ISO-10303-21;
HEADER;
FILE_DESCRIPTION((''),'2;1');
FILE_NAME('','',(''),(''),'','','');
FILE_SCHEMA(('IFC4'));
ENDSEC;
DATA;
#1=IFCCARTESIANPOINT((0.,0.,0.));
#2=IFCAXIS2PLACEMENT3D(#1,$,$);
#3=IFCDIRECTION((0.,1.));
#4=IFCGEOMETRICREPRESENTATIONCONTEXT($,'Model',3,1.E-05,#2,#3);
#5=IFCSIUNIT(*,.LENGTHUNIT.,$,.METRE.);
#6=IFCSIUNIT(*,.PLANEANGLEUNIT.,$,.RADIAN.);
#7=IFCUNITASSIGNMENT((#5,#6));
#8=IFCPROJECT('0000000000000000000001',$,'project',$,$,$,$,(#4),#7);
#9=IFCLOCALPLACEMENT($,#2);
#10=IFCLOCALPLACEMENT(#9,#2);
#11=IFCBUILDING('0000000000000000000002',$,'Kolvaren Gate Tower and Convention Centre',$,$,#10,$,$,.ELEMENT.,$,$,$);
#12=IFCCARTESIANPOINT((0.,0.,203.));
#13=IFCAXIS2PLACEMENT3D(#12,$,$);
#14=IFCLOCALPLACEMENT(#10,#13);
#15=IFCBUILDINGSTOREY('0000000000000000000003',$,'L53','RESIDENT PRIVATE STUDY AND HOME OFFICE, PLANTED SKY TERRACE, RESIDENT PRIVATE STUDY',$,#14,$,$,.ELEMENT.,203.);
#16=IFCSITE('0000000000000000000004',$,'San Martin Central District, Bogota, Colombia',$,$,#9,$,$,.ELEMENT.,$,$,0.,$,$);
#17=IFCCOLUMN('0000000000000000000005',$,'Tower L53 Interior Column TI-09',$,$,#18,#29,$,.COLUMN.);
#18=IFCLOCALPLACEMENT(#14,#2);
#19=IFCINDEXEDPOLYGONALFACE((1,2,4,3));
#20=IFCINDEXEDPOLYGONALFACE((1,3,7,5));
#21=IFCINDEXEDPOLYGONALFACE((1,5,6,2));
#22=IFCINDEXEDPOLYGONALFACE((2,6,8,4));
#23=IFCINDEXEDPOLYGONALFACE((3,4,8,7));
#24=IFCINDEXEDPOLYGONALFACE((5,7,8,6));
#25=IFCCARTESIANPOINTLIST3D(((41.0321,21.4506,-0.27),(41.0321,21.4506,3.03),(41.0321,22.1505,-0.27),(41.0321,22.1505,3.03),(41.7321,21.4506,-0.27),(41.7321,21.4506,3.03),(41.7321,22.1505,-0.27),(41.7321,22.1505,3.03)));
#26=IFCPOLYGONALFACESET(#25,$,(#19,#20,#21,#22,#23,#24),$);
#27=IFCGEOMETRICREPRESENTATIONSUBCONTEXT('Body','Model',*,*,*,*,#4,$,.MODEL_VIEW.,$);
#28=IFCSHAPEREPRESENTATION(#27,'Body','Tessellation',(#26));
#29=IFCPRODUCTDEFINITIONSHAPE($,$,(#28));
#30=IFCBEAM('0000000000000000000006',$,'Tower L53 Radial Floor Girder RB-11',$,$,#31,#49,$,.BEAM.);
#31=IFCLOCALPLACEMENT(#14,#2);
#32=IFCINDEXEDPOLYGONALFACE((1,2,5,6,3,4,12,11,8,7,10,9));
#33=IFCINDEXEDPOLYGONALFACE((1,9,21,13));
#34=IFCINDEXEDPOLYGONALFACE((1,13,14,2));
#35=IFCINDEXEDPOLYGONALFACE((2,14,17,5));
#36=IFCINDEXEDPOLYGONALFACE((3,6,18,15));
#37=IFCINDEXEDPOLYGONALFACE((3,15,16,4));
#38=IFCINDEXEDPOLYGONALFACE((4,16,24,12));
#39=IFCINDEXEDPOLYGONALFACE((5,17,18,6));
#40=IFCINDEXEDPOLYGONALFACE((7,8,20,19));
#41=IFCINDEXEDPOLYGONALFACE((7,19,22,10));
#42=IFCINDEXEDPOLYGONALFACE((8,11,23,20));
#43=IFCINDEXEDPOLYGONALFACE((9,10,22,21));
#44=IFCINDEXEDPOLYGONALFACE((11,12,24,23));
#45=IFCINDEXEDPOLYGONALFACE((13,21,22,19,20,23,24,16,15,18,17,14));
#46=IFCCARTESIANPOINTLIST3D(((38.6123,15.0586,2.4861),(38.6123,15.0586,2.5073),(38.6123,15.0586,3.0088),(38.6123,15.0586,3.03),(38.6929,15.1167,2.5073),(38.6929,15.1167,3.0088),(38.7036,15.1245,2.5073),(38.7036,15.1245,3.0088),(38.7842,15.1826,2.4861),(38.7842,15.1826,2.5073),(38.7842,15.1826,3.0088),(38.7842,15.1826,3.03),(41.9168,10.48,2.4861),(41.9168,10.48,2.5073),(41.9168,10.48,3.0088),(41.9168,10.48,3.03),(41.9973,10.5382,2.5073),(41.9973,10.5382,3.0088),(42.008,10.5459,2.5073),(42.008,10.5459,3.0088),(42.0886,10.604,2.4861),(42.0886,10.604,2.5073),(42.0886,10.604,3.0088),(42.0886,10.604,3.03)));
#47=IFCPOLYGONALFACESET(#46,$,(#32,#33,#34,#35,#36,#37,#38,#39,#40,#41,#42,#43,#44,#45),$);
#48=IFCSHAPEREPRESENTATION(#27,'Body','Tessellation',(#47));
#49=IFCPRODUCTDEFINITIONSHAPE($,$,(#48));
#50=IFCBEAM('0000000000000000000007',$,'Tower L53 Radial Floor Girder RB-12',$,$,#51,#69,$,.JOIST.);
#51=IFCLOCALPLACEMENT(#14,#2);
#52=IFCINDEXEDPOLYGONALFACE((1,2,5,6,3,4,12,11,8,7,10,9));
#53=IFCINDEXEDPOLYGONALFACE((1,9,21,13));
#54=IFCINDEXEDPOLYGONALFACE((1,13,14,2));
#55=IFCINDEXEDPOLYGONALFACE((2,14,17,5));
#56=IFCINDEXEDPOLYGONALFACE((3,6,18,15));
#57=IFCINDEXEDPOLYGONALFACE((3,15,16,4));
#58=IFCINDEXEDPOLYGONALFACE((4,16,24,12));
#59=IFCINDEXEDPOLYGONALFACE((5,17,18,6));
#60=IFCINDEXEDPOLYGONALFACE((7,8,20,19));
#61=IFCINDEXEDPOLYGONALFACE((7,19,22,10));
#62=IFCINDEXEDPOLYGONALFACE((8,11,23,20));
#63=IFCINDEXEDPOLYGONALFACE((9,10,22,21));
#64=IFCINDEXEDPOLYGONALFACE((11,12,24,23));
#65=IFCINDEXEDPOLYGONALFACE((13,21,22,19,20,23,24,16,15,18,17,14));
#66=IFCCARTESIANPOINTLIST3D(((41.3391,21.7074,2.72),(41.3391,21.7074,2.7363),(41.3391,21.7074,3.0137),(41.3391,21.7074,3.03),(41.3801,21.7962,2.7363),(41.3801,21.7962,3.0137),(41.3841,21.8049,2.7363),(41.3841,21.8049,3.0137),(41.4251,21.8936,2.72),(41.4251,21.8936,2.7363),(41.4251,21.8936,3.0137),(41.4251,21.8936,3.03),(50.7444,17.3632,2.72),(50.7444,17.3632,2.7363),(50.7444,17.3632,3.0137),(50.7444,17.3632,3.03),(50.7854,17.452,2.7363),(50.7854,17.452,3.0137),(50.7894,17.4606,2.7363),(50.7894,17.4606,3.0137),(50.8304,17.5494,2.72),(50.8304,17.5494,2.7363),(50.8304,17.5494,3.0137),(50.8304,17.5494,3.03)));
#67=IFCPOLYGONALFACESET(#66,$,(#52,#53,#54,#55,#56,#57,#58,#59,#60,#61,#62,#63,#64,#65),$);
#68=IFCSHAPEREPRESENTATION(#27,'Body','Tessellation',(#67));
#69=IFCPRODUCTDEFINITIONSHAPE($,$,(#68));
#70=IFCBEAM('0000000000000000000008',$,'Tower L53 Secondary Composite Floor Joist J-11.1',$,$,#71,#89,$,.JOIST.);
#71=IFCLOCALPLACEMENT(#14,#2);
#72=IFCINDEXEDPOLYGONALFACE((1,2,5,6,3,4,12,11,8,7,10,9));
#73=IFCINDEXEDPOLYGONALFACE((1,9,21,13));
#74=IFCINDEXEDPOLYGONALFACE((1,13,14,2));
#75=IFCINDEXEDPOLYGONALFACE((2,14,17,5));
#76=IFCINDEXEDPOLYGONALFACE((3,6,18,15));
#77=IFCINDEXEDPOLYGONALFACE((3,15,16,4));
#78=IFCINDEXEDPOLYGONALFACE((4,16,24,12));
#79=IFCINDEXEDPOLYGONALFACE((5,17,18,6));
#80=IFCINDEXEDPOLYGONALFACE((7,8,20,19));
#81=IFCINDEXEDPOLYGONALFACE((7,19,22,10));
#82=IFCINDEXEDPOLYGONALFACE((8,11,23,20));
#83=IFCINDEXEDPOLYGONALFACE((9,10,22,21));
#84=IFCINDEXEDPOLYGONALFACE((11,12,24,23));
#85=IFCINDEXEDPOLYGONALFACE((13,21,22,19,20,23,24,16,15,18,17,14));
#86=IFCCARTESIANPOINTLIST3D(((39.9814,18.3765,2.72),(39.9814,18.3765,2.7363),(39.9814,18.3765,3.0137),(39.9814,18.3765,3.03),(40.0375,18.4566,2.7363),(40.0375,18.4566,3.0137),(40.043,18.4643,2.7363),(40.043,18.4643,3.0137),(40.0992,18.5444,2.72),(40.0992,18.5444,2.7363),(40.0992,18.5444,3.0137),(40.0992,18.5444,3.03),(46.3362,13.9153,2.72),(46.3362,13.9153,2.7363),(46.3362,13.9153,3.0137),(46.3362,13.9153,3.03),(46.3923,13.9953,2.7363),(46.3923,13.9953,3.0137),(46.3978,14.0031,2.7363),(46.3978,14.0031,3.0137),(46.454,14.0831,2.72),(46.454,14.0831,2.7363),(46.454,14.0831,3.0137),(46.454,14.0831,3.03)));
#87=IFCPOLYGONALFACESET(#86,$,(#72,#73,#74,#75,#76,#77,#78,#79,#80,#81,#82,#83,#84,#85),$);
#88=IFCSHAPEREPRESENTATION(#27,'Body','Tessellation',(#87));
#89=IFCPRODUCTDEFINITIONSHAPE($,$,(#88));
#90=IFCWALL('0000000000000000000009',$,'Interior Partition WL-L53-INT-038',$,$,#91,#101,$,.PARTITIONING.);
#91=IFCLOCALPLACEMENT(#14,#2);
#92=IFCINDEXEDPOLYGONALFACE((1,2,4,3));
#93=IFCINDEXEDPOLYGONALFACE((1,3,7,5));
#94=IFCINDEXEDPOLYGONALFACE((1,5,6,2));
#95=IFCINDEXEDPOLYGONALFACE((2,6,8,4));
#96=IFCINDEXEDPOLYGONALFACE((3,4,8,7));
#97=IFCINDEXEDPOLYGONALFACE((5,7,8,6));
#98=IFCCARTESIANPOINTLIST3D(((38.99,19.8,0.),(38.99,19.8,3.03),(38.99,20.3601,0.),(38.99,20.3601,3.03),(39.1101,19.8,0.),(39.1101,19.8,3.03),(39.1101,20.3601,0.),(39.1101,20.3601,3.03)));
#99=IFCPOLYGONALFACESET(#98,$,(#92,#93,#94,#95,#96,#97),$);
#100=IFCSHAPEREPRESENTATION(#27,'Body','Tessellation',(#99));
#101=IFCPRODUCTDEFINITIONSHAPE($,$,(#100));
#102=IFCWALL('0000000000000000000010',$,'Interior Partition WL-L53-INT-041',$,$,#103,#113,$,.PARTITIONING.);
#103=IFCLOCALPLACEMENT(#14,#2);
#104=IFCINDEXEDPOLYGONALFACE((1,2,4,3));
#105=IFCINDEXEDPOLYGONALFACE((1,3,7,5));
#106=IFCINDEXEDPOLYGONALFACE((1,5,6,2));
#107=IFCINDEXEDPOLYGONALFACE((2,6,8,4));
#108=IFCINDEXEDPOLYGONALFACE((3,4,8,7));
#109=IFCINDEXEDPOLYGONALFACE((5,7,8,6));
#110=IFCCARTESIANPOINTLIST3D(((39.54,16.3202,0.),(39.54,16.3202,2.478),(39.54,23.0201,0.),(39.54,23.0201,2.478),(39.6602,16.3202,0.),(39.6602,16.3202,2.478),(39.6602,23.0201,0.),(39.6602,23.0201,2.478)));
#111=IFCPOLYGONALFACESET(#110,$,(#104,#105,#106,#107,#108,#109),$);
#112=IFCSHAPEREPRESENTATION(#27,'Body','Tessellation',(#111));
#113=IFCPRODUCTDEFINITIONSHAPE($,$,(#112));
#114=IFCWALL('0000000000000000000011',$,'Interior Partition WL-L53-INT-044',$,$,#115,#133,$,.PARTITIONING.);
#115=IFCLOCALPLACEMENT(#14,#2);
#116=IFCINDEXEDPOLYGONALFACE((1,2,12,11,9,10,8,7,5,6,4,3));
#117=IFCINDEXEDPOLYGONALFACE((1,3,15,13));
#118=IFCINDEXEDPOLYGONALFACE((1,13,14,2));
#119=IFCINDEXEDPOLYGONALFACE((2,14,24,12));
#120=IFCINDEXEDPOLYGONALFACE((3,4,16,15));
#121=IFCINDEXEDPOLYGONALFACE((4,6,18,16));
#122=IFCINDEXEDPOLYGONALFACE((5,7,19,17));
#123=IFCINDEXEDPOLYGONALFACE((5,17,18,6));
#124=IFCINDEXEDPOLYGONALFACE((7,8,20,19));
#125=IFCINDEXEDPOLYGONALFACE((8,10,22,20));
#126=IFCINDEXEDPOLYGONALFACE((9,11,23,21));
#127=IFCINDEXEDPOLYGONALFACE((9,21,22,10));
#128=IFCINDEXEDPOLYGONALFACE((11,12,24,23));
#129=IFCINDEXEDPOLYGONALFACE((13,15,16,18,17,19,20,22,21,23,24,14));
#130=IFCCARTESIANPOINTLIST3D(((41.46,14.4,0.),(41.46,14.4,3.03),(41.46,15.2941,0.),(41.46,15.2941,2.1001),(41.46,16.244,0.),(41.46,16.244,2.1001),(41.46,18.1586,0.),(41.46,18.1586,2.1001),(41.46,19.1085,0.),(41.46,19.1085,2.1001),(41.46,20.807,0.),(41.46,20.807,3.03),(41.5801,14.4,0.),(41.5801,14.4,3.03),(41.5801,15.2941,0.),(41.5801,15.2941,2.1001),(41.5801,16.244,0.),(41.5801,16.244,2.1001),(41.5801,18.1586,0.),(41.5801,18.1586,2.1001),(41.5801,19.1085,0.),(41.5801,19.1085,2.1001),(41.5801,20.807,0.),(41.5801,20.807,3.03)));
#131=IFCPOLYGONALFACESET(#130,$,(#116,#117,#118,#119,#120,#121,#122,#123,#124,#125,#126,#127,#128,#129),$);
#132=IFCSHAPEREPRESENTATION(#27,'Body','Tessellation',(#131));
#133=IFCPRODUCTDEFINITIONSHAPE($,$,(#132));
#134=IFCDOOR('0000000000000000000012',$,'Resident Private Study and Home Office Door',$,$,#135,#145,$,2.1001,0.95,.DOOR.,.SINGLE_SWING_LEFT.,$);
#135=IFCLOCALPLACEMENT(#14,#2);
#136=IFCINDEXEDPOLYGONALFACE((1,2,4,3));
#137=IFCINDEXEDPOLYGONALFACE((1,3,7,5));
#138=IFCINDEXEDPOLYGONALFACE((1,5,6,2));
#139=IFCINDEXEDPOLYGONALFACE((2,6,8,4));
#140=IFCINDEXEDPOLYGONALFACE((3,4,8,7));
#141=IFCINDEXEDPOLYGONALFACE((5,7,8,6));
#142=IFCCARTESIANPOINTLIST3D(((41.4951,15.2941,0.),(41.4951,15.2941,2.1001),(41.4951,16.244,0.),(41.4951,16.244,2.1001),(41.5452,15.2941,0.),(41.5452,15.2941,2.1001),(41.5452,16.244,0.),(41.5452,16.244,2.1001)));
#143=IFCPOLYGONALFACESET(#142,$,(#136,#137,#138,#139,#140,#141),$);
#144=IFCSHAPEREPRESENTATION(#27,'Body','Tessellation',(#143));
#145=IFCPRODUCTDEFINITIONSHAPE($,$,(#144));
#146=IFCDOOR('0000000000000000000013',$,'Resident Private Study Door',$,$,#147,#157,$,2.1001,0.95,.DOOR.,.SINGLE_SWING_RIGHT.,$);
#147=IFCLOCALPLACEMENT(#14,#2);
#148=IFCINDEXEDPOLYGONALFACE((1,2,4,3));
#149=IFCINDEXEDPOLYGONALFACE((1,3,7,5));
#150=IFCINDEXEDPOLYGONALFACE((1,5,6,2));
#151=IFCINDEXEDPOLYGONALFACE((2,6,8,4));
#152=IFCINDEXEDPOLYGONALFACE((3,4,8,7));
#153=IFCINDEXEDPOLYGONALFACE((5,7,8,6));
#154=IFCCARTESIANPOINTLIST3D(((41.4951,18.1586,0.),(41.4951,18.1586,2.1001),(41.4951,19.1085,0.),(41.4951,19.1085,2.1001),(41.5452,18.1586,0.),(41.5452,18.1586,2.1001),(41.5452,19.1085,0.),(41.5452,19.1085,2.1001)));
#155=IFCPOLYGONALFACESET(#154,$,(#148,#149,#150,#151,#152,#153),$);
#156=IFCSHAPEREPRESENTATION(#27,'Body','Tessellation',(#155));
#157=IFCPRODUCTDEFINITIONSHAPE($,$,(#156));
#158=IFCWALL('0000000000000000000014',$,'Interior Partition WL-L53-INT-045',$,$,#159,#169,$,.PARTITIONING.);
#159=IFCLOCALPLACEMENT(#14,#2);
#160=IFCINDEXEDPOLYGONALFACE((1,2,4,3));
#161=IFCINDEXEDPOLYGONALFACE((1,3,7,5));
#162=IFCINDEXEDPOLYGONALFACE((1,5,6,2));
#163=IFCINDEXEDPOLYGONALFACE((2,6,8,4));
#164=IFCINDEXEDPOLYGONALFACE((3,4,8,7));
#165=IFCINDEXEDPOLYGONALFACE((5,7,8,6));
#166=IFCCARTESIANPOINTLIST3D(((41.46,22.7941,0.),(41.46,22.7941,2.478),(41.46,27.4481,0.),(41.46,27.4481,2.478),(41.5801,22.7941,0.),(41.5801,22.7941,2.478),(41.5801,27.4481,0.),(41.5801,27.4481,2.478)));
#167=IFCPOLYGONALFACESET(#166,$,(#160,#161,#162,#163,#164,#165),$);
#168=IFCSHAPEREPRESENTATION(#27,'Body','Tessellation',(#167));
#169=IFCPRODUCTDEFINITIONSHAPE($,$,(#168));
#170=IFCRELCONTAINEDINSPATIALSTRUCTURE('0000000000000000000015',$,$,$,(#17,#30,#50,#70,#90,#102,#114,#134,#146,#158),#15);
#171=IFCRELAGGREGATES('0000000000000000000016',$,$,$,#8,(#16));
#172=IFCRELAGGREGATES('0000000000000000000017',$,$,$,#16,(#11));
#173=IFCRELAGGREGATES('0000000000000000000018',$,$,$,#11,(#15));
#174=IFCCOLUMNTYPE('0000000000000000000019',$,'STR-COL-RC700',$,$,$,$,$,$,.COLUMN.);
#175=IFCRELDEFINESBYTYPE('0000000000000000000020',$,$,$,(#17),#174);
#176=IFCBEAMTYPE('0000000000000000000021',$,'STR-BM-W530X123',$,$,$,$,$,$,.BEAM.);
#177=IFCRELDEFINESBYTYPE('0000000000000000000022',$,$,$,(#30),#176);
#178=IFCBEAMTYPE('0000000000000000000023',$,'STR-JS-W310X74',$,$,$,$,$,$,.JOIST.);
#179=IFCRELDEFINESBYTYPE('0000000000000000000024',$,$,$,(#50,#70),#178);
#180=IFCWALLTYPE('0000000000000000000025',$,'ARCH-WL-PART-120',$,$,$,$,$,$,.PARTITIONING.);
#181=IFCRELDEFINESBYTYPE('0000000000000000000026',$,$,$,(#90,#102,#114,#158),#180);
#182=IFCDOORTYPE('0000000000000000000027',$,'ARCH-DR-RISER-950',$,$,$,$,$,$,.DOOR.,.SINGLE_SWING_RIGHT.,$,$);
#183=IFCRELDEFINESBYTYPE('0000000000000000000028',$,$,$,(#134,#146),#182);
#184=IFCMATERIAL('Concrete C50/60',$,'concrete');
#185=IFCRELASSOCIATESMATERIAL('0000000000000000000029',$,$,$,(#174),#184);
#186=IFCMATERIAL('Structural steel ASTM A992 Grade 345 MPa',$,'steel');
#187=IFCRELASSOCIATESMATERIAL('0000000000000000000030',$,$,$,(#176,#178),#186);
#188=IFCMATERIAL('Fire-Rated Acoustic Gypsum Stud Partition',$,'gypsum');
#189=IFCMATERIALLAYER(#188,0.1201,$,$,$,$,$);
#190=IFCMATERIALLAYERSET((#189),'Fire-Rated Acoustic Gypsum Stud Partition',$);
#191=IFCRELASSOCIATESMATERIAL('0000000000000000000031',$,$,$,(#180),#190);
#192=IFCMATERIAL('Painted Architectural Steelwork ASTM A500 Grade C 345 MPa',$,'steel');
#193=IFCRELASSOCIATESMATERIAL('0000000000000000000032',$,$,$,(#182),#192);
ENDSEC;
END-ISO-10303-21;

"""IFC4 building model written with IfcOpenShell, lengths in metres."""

from ifc_helpers import new_model, si_unit, direction, frame, frame_2d, origin, origin_2d, place, context, subcontext, project, spatial, rectangle, i_section, extrude, material, layer, layer_set, material_profile, profile_set, type_object, element, fill, save


model = new_model("IFC4")

# Units and contexts
model_context = context("Model", 3, precision=1e-05, world=origin(), true_north=direction((0.0, 1.0)))
body_context = subcontext(model_context, "Body", "Model", "MODEL_VIEW")
ifc_project = project(units=[si_unit("LENGTHUNIT", "METRE"), si_unit("PLANEANGLEUNIT", "RADIAN")], contexts=[model_context])

# Site, building, storey
site_placement = place(None, origin())
site = spatial("IfcSite", under=ifc_project, at=site_placement, Name="San Martin Central District, Bogota, Colombia", CompositionType="ELEMENT", RefElevation=0.0)
building_placement = place(site_placement, origin())
building = spatial("IfcBuilding", under=site, at=building_placement, Name="Kolvaren Gate Tower and Convention Centre", CompositionType="ELEMENT")
storey_placement = place(building_placement, frame((0.0, 0.0, 203.0)))
storey = spatial("IfcBuildingStorey", under=building, at=storey_placement, Name="L53", Description="RESIDENT PRIVATE STUDY AND HOME OFFICE, PLANTED SKY TERRACE, RESIDENT PRIVATE STUDY", CompositionType="ELEMENT", Elevation=203.0)

# Column
ifc_material_1 = material(Name="Concrete C50/60", Category="concrete")
ifc_material_profile_1 = material_profile(ifc_material_1, rectangle(XDim=0.7, YDim=0.7, at=origin_2d()), Name="RC-COL-700X700")
ifc_profile_set_1 = profile_set([ifc_material_profile_1], Name="Concrete C50/60")
column_type = type_object("IfcColumnType", Name="STR-COL-RC700", PredefinedType="COLUMN", material=ifc_profile_set_1)
column_placement = place(storey_placement, frame((41.3821, 21.8005, -0.27), z_axis=(0.0, 0.0, 1.0), x_axis=(1.0, 0.0, 0.0)))
element("IfcColumn", 1, at=column_placement, inside=storey, type_object=column_type, Name="Tower L53 Interior Column TI-09", PredefinedType="COLUMN", context=body_context, shape_type="SweptSolid", body=[
    extrude(rectangle(XDim=0.7, YDim=0.7, at=origin_2d()), origin(), (0.0, 0.0, 1.0), 3.3),
])

# Beams
ifc_material_2 = material(Name="Structural steel ASTM A992 Grade 345 MPa", Category="steel")
ifc_material_profile_2 = material_profile(ifc_material_2, i_section(OverallWidth=0.2119, OverallDepth=0.5439, WebThickness=0.0132, FlangeThickness=0.0212, at=origin_2d()), Name="W530X123")
ifc_profile_set_2 = profile_set([ifc_material_profile_2], Name="Structural steel ASTM A992 Grade 345 MPa")
beam_type_1 = type_object("IfcBeamType", Name="STR-BM-W530X123", PredefinedType="BEAM", material=ifc_profile_set_2)
beam_1_placement = place(storey_placement, frame((38.6982, 15.1206, 2.7581), z_axis=(0.585219, -0.810875, 0.0), x_axis=(0.810875, 0.585219, 0.0)))
element("IfcBeam", 2, at=beam_1_placement, inside=storey, type_object=beam_type_1, Name="Tower L53 Radial Floor Girder RB-11", PredefinedType="BEAM", context=body_context, shape_type="SweptSolid", body=[
    extrude(i_section(OverallWidth=0.2119, OverallDepth=0.5439, WebThickness=0.0132, FlangeThickness=0.0212, at=origin_2d()), origin(), (0.0, 0.0, 1.0), 5.6465),
])
ifc_material_profile_3 = material_profile(ifc_material_2, i_section(OverallWidth=0.2051, OverallDepth=0.3101, WebThickness=0.0095, FlangeThickness=0.0164, at=origin_2d()), Name="W310X74")
ifc_profile_set_3 = profile_set([ifc_material_profile_3], Name="Structural steel ASTM A992 Grade 345 MPa")
beam_type_2 = type_object("IfcBeamType", Name="STR-JS-W310X74", PredefinedType="JOIST", material=ifc_profile_set_3)
beam_2_placement = place(storey_placement, frame((41.3821, 21.8005, 2.875), z_axis=(0.907837, -0.419324, 0.0), x_axis=(0.419324, 0.907837, 0.0)))
element("IfcBeam", 3, at=beam_2_placement, inside=storey, type_object=beam_type_2, Name="Tower L53 Radial Floor Girder RB-12", PredefinedType="JOIST", context=body_context, shape_type="SweptSolid", body=[
    extrude(i_section(OverallWidth=0.2051, OverallDepth=0.3101, WebThickness=0.0095, FlangeThickness=0.0164, at=origin_2d()), origin(), (0.0, 0.0, 1.0), 10.3601),
])
beam_3_placement = place(storey_placement, frame((40.0403, 18.4604, 2.875), z_axis=(0.818453, -0.574574, 0.0), x_axis=(0.574574, 0.818453, 0.0)))
element("IfcBeam", 4, at=beam_3_placement, inside=storey, type_object=beam_type_2, Name="Tower L53 Secondary Composite Floor Joist J-11.1", PredefinedType="JOIST", context=body_context, shape_type="SweptSolid", body=[
    extrude(i_section(OverallWidth=0.2051, OverallDepth=0.3101, WebThickness=0.0095, FlangeThickness=0.0164, at=origin_2d()), origin(), (0.0, 0.0, 1.0), 7.7644),
])

# Walls
ifc_material_3 = material(Name="Fire-Rated Acoustic Gypsum Stud Partition", Category="gypsum")
ifc_layer_1 = layer(ifc_material_3, 0.1201)
ifc_layer_set_1 = layer_set([ifc_layer_1], Name="Fire-Rated Acoustic Gypsum Stud Partition")
wall_type_1 = type_object("IfcWallType", Name="ARCH-WL-PART-120", PredefinedType="PARTITIONING", material=ifc_layer_set_1)
wall_1_placement = place(storey_placement, frame((39.05, 19.8, 0.0), z_axis=(0.0, 0.0, 1.0), x_axis=(0.0, 1.0, 0.0)))
element("IfcWall", 5, at=wall_1_placement, inside=storey, type_object=wall_type_1, Name="Interior Partition WL-L53-INT-038", PredefinedType="PARTITIONING", context=body_context, shape_type="SweptSolid", body=[
    extrude(rectangle(XDim=0.5601, YDim=0.1201, at=frame_2d((0.28, 0.0))), origin(), (0.0, 0.0, 1.0), 3.03),
])
wall_2_placement = place(storey_placement, frame((39.6001, 16.3201, 0.0), z_axis=(0.0, 0.0, 1.0), x_axis=(0.0, 1.0, 0.0)))
element("IfcWall", 6, at=wall_2_placement, inside=storey, type_object=wall_type_1, Name="Interior Partition WL-L53-INT-041", PredefinedType="PARTITIONING", context=body_context, shape_type="SweptSolid", body=[
    extrude(rectangle(XDim=6.7, YDim=0.1201, at=frame_2d((3.3501, 0.0))), origin(), (0.0, 0.0, 1.0), 2.478),
])

# Wall, openings, doors
wall_3_placement = place(storey_placement, frame((41.52, 14.3999, 0.0), z_axis=(0.0, 0.0, 1.0), x_axis=(0.0, 1.0, 0.0)))
wall_3 = element("IfcWall", 7, at=wall_3_placement, inside=storey, type_object=wall_type_1, Name="Interior Partition WL-L53-INT-044", PredefinedType="PARTITIONING", context=body_context, shape_type="SweptSolid", body=[
    extrude(rectangle(XDim=6.407, YDim=0.1201, at=frame_2d((3.2036, 0.0))), origin(), (0.0, 0.0, 1.0), 3.03),
])
opening_1_placement = place(wall_3_placement, frame((0.894, 0.0, 0.0)))
opening_1 = element("IfcOpeningElement", 8, at=opening_1_placement, cuts=wall_3, PredefinedType="OPENING", context=body_context, shape_type="SweptSolid", body=[
    extrude(rectangle(XDim=0.95, YDim=2.1001, at=frame_2d((0.4751, 1.05))), frame((0.0, 0.0701, 0.0), z_axis=(0.0, -1.0, 0.0), x_axis=(1.0, 0.0, 0.0)), (0.0, 0.0, 1.0), 0.1401),
])
opening_2_placement = place(wall_3_placement, frame((3.7585, 0.0, 0.0)))
opening_2 = element("IfcOpeningElement", 9, at=opening_2_placement, cuts=wall_3, PredefinedType="OPENING", context=body_context, shape_type="SweptSolid", body=[
    extrude(rectangle(XDim=0.95, YDim=2.1001, at=frame_2d((0.4751, 1.05))), frame((0.0, 0.0701, 0.0), z_axis=(0.0, -1.0, 0.0), x_axis=(1.0, 0.0, 0.0)), (0.0, 0.0, 1.0), 0.1401),
])
ifc_material_4 = material(Name="Painted Architectural Steelwork ASTM A500 Grade C 345 MPa", Category="steel")
door_type = type_object("IfcDoorType", Name="ARCH-DR-RISER-950", OperationType="SINGLE_SWING_RIGHT", PredefinedType="DOOR", material=ifc_material_4)
door_1_placement = place(opening_1_placement, origin())
door_1 = element("IfcDoor", 10, at=door_1_placement, inside=storey, type_object=door_type, Name="Resident Private Study and Home Office Door", OperationType="SINGLE_SWING_LEFT", OverallHeight=2.1001, OverallWidth=0.95, PredefinedType="DOOR", context=body_context, shape_type="SweptSolid", body=[
    extrude(rectangle(XDim=0.95, YDim=2.1001, at=frame_2d((0.4751, 1.05))), frame((0.0, 0.0249, 0.0), z_axis=(0.0, -1.0, 0.0), x_axis=(1.0, 0.0, 0.0)), (0.0, 0.0, 1.0), 0.05),
])
fill(opening_1, door_1)
door_2_placement = place(opening_2_placement, origin())
door_2 = element("IfcDoor", 11, at=door_2_placement, inside=storey, type_object=door_type, Name="Resident Private Study Door", OperationType="SINGLE_SWING_RIGHT", OverallHeight=2.1001, OverallWidth=0.95, PredefinedType="DOOR", context=body_context, shape_type="SweptSolid", body=[
    extrude(rectangle(XDim=0.95, YDim=2.1001, at=frame_2d((0.4751, 1.05))), frame((0.0, 0.0249, 0.0), z_axis=(0.0, -1.0, 0.0), x_axis=(1.0, 0.0, 0.0)), (0.0, 0.0, 1.0), 0.05),
])
fill(opening_2, door_2)

# Wall
wall_4_placement = place(storey_placement, frame((41.52, 22.7939, 0.0), z_axis=(0.0, 0.0, 1.0), x_axis=(0.0, 1.0, 0.0)))
element("IfcWall", 12, at=wall_4_placement, inside=storey, type_object=wall_type_1, Name="Interior Partition WL-L53-INT-045", PredefinedType="PARTITIONING", context=body_context, shape_type="SweptSolid", body=[
    extrude(rectangle(XDim=4.6541, YDim=0.1201, at=frame_2d((2.3271, 0.0))), origin(), (0.0, 0.0, 1.0), 2.478),
])

save(model, "model.ifc")
